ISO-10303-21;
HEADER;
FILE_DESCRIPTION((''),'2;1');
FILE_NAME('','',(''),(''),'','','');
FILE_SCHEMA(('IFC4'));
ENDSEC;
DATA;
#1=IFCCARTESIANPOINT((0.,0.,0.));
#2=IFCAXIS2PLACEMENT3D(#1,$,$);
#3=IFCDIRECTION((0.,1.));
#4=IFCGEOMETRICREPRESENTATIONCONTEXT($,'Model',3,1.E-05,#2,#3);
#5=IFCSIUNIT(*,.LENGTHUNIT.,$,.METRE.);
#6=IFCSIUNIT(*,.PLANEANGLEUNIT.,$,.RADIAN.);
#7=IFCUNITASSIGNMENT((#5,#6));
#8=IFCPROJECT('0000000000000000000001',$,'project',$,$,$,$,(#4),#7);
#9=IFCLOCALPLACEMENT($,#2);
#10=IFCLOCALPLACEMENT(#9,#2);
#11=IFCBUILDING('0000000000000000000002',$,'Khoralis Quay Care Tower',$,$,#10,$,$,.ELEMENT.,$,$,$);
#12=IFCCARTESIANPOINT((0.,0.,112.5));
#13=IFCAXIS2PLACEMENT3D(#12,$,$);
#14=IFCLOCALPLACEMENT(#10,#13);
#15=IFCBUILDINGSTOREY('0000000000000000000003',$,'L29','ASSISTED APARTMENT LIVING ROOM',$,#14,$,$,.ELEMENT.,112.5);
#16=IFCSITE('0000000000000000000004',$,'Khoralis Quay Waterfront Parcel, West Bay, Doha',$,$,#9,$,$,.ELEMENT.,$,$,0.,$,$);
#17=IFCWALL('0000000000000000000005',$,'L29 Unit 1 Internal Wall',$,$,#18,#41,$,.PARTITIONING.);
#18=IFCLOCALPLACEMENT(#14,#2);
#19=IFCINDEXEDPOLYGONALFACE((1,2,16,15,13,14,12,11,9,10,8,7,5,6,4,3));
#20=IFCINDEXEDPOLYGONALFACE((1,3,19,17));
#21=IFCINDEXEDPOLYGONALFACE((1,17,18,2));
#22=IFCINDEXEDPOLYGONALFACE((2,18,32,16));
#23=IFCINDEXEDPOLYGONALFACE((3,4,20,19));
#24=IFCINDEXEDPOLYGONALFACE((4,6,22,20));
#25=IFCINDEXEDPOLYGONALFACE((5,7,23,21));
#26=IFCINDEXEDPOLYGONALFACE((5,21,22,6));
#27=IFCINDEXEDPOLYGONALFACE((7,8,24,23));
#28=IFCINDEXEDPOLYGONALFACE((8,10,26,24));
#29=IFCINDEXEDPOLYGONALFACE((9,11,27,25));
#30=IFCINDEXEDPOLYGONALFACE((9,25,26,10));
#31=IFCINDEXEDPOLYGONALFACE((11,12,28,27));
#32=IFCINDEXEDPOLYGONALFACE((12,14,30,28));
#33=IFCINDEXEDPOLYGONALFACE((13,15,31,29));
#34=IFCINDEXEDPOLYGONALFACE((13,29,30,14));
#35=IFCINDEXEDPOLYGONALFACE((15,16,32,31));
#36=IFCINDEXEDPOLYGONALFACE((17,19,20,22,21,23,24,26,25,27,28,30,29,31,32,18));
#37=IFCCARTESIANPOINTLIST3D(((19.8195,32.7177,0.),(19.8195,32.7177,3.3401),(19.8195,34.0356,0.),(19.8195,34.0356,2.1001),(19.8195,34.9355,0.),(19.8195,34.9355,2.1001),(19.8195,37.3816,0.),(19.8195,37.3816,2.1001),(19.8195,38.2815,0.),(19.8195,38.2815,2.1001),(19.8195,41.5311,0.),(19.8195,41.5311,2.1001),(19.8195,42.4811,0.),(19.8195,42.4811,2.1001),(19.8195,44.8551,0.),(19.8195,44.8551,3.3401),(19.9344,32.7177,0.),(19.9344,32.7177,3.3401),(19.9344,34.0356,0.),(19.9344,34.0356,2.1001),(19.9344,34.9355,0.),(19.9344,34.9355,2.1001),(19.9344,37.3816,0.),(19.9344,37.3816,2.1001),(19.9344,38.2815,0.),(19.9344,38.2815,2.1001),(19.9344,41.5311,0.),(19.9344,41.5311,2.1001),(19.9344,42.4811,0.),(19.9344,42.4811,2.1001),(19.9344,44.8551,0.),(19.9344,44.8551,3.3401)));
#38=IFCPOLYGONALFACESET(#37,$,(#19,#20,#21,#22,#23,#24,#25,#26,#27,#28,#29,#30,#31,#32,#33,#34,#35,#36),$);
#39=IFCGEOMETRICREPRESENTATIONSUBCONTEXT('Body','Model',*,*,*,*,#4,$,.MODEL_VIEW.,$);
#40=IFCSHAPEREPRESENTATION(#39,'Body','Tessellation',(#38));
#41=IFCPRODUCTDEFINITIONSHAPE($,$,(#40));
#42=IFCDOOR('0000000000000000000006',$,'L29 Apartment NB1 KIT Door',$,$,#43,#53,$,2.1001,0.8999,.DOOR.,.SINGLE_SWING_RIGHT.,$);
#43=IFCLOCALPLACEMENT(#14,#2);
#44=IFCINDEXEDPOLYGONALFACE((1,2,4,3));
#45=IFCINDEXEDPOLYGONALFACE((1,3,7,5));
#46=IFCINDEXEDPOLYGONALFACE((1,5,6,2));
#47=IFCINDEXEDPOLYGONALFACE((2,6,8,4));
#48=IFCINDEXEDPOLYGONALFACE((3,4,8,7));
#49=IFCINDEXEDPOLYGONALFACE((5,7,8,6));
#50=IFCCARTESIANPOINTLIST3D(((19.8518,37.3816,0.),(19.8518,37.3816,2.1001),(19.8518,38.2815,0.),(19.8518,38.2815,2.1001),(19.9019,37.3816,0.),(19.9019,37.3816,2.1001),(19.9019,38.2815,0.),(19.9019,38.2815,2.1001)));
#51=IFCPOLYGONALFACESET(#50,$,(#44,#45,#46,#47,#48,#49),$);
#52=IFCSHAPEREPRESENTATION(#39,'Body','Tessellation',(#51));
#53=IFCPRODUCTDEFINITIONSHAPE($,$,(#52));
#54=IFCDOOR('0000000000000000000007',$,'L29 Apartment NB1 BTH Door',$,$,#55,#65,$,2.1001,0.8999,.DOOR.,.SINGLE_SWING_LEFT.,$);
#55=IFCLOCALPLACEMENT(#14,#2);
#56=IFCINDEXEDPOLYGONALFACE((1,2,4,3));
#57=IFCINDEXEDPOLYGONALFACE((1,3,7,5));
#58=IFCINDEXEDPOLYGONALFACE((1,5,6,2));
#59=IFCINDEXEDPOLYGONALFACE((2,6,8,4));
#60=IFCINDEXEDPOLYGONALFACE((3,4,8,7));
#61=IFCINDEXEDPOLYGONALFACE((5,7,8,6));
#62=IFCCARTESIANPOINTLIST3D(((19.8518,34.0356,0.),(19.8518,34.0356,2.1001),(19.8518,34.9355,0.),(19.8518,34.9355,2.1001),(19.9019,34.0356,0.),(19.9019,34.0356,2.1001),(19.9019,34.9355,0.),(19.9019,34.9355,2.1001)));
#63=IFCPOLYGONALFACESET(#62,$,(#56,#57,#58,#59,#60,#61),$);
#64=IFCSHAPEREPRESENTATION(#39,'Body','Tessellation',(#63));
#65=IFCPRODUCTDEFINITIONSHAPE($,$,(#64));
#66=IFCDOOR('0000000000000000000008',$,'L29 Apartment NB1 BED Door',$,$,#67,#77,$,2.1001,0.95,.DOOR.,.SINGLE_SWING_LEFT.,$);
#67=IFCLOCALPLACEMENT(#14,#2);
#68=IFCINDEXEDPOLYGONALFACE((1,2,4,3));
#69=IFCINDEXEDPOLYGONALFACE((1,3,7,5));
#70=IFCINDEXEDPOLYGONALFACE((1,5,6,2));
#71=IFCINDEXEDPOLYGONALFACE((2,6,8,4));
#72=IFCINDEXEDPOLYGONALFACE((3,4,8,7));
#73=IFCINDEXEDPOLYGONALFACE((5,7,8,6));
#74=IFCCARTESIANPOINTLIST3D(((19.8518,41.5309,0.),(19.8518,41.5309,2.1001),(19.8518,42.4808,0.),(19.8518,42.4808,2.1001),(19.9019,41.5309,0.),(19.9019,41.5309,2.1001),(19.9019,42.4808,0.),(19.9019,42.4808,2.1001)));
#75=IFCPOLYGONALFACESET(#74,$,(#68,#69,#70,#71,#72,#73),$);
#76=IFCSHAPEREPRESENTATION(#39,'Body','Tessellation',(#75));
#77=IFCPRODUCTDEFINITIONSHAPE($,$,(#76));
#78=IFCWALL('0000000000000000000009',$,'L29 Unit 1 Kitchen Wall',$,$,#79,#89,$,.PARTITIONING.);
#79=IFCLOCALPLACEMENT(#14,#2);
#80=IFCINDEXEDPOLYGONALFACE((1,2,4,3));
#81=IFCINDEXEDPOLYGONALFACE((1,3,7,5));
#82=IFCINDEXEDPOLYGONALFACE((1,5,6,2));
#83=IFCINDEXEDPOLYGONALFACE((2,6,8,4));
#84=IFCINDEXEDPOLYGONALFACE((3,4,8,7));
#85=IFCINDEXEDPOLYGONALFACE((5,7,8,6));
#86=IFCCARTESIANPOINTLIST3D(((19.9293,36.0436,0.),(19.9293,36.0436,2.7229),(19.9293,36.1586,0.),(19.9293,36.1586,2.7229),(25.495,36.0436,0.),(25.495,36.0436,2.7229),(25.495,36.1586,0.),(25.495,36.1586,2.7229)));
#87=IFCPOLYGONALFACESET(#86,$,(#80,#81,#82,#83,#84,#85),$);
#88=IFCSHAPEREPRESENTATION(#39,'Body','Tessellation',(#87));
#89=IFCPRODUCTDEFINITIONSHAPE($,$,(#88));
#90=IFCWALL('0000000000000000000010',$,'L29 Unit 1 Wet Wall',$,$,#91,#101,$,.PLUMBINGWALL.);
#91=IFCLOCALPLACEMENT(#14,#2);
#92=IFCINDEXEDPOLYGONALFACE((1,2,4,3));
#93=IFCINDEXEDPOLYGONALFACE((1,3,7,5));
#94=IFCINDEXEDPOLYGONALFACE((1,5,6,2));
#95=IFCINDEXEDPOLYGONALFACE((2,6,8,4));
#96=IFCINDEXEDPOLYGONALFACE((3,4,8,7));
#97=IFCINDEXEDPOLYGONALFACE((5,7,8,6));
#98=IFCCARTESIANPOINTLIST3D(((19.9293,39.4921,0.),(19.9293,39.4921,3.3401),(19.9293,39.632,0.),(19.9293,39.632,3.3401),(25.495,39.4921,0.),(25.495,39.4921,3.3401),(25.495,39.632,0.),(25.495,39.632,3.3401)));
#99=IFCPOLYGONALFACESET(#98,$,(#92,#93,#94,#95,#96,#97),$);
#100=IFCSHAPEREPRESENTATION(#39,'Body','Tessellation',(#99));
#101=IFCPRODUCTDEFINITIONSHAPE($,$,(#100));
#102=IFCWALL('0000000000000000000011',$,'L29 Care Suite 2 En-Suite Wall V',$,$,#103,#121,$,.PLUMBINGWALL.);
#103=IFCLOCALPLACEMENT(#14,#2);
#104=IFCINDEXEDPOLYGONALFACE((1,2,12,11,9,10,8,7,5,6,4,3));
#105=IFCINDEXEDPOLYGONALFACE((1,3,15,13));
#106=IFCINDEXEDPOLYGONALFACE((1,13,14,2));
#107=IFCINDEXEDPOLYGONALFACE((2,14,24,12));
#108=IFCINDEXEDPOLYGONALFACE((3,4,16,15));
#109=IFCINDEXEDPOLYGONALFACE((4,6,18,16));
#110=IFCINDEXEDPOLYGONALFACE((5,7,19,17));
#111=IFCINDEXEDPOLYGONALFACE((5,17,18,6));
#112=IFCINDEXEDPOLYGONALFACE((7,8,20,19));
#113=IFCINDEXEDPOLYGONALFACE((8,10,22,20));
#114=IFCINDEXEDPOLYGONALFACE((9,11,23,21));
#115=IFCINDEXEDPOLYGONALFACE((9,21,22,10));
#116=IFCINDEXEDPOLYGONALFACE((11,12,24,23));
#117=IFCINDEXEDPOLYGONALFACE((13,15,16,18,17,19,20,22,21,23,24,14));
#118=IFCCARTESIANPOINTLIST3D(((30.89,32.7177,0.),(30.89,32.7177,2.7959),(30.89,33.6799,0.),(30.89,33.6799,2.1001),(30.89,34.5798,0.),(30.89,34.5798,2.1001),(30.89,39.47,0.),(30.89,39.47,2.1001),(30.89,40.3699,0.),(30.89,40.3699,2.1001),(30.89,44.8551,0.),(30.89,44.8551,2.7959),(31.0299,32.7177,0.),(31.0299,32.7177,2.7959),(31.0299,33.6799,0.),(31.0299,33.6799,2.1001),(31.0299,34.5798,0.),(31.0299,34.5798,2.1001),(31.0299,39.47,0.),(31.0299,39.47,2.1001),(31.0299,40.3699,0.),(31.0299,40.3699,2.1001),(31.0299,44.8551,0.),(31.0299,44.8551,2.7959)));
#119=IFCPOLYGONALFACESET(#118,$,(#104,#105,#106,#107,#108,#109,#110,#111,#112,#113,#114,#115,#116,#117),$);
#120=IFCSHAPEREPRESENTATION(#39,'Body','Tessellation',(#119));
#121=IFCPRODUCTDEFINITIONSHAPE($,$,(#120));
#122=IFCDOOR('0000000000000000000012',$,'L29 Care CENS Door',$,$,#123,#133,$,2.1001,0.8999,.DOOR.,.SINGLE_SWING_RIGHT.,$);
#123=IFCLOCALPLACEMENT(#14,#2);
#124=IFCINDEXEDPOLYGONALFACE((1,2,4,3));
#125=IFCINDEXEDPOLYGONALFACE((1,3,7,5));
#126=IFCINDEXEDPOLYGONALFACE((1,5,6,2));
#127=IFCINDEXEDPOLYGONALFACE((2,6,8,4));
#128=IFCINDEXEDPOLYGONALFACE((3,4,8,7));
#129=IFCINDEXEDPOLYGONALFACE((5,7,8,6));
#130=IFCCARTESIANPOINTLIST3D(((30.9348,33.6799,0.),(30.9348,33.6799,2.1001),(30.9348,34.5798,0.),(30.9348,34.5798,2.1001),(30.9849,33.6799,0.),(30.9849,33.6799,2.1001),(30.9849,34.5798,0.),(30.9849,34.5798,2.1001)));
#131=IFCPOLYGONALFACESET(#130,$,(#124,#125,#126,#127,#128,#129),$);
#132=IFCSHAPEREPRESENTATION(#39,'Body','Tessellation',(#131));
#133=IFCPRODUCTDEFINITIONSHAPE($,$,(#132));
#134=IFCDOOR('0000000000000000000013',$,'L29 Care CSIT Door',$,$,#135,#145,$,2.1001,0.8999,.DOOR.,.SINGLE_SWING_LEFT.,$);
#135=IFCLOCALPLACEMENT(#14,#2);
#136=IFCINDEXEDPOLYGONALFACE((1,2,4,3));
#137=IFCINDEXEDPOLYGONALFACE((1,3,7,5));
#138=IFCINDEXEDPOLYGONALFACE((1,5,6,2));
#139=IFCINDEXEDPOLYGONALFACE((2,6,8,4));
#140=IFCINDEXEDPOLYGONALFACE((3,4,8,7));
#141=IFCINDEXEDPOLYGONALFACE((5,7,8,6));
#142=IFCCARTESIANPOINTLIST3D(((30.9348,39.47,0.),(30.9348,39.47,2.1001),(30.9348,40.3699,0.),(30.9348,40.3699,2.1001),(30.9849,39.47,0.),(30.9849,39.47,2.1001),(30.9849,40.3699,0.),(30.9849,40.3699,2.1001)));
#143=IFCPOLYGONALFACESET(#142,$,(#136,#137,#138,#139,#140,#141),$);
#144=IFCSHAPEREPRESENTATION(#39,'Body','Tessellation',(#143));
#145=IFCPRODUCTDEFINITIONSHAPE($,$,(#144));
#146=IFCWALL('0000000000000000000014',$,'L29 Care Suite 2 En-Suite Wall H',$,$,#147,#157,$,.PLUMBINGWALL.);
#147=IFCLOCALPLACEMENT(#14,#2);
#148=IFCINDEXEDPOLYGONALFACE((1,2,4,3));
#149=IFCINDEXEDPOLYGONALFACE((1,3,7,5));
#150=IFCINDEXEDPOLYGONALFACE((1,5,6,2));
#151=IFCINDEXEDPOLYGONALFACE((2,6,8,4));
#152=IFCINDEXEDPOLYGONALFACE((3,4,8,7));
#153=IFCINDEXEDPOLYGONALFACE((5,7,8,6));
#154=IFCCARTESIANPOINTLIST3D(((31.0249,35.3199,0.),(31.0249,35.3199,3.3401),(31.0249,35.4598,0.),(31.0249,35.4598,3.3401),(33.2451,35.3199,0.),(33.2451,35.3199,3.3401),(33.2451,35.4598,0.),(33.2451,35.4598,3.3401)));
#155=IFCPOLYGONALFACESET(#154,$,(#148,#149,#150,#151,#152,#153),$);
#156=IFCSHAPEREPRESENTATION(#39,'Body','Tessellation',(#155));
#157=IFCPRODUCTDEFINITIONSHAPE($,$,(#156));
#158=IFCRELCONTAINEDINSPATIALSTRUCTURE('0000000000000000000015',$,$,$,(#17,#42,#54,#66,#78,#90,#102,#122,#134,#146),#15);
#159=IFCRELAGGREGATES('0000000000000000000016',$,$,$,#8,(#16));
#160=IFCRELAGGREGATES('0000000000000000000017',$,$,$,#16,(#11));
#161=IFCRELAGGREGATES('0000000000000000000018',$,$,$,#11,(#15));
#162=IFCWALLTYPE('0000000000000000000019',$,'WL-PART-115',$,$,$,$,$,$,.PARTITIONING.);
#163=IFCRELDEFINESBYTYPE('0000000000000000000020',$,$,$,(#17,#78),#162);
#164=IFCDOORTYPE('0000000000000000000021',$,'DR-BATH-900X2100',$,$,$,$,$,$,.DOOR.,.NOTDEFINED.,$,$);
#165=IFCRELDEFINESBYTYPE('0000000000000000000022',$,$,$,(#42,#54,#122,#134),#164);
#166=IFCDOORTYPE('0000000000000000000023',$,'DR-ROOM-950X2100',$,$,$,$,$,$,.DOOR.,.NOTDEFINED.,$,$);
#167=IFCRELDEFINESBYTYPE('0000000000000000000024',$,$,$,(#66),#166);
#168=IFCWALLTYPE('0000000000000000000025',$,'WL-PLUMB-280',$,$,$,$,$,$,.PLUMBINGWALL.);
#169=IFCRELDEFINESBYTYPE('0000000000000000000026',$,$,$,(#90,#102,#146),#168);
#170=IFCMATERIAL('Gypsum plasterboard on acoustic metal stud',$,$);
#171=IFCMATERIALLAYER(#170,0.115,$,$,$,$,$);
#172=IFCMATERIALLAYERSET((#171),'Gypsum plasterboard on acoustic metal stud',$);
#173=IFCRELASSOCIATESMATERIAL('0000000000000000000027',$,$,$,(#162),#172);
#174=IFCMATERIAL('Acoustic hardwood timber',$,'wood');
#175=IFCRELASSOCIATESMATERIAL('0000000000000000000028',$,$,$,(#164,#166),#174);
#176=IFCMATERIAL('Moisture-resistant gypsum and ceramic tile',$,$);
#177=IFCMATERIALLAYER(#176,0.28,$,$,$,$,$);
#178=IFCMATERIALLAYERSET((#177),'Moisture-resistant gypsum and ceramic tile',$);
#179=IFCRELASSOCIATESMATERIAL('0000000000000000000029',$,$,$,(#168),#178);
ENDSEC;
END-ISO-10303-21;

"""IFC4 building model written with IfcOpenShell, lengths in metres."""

from ifc_helpers import new_model, si_unit, direction, frame, frame_2d, origin, place, context, subcontext, project, spatial, rectangle, extrude, source, transform, mapped, material, layer, layer_set, type_object, element, fill, save


model = new_model("IFC4")

# Units and contexts
model_context = context("Model", 3, precision=1e-05, world=origin(), true_north=direction((0.0, 1.0)))
body_context = subcontext(model_context, "Body", "Model", "MODEL_VIEW")
ifc_project = project(units=[si_unit("LENGTHUNIT", "METRE"), si_unit("PLANEANGLEUNIT", "RADIAN")], contexts=[model_context])

# Site, building, storey
site_placement = place(None, origin())
site = spatial("IfcSite", under=ifc_project, at=site_placement, Name="Khoralis Quay Waterfront Parcel, West Bay, Doha", CompositionType="ELEMENT", RefElevation=0.0)
building_placement = place(site_placement, origin())
building = spatial("IfcBuilding", under=site, at=building_placement, Name="Khoralis Quay Care Tower", CompositionType="ELEMENT")
storey_placement = place(building_placement, frame((0.0, 0.0, 112.5)))
storey = spatial("IfcBuildingStorey", under=building, at=storey_placement, Name="L29", Description="ASSISTED APARTMENT LIVING ROOM", CompositionType="ELEMENT", Elevation=112.5)

# Wall, openings, doors
ifc_material_1 = material(Name="Gypsum plasterboard on acoustic metal stud")
ifc_layer_1 = layer(ifc_material_1, 0.115)
ifc_layer_set_1 = layer_set([ifc_layer_1], Name="Gypsum plasterboard on acoustic metal stud")
wall_type_1 = type_object("IfcWallType", Name="WL-PART-115", PredefinedType="PARTITIONING", material=ifc_layer_set_1)
wall_1_placement = place(storey_placement, frame((19.877, 32.7175, 0.0), z_axis=(0.0, 0.0, 1.0), x_axis=(0.0, 1.0, 0.0)))
wall_1 = element("IfcWall", 1, at=wall_1_placement, inside=storey, type_object=wall_type_1, Name="L29 Unit 1 Internal Wall", PredefinedType="PARTITIONING", context=body_context, shape_type="SweptSolid", body=[
    extrude(rectangle(XDim=12.1375, YDim=0.115, at=frame_2d((6.0688, 0.0))), origin(), (0.0, 0.0, 1.0), 3.3401),
])
opening_1_placement = place(wall_1_placement, frame((8.8135, 0.0, 0.0)))
opening_1 = element("IfcOpeningElement", 2, at=opening_1_placement, cuts=wall_1, PredefinedType="OPENING", context=body_context, shape_type="SweptSolid", body=[
    extrude(rectangle(XDim=0.95, YDim=2.1001, at=frame_2d((0.4751, 1.05))), frame((0.0, 0.0674, 0.0), z_axis=(0.0, -1.0, 0.0), x_axis=(1.0, 0.0, 0.0)), (0.0, 0.0, 1.0), 0.135),
])
opening_2_placement = place(wall_1_placement, frame((4.6641, 0.0, 0.0)))
opening_2 = element("IfcOpeningElement", 3, at=opening_2_placement, cuts=wall_1, PredefinedType="OPENING", context=body_context, shape_type="SweptSolid", body=[
    extrude(rectangle(XDim=0.8999, YDim=2.1001, at=frame_2d((0.45, 1.05))), frame((0.0, 0.0674, 0.0), z_axis=(0.0, -1.0, 0.0), x_axis=(1.0, 0.0, 0.0)), (0.0, 0.0, 1.0), 0.135),
])
opening_3_placement = place(wall_1_placement, frame((1.3181, 0.0, 0.0)))
opening_3 = element("IfcOpeningElement", 4, at=opening_3_placement, cuts=wall_1, PredefinedType="OPENING", context=body_context, shape_type="SweptSolid", body=[
    extrude(rectangle(XDim=0.8999, YDim=2.1001, at=frame_2d((0.45, 1.05))), frame((0.0, 0.0674, 0.0), z_axis=(0.0, -1.0, 0.0), x_axis=(1.0, 0.0, 0.0)), (0.0, 0.0, 1.0), 0.135),
])
ifc_material_2 = material(Name="Acoustic hardwood timber", Category="wood")
door_type_1 = type_object("IfcDoorType", Name="DR-BATH-900X2100", OperationType="NOTDEFINED", PredefinedType="DOOR", material=ifc_material_2)
shared_shape_1 = source(origin(), body_context, "Body", "SweptSolid", [
    extrude(rectangle(XDim=0.8999, YDim=2.1001, at=frame_2d((0.45, 1.05))), frame((0.0, 0.0249, 0.0), z_axis=(0.0, -1.0, 0.0), x_axis=(1.0, 0.0, 0.0)), (0.0, 0.0, 1.0), 0.05),
])
door_1_placement = place(opening_2_placement, frame((0.8999, 0.0, 0.0), z_axis=(0.0, 0.0, 1.0), x_axis=(-1.0, 0.0, 0.0)))
door_1 = element("IfcDoor", 5, at=door_1_placement, inside=storey, type_object=door_type_1, Name="L29 Apartment NB1 KIT Door", OperationType="SINGLE_SWING_RIGHT", OverallHeight=2.1001, OverallWidth=0.8999, PredefinedType="DOOR", context=body_context, shape_type="MappedRepresentation", body=[
    mapped(shared_shape_1, transform((0.0, 0.0, 0.0), scale=1.0)),
])
fill(opening_2, door_1)
door_2_placement = place(opening_3_placement, frame((0.8999, 0.0, 0.0), z_axis=(0.0, 0.0, 1.0), x_axis=(-1.0, 0.0, 0.0)))
door_2 = element("IfcDoor", 6, at=door_2_placement, inside=storey, type_object=door_type_1, Name="L29 Apartment NB1 BTH Door", OperationType="SINGLE_SWING_LEFT", OverallHeight=2.1001, OverallWidth=0.8999, PredefinedType="DOOR", context=body_context, shape_type="MappedRepresentation", body=[
    mapped(shared_shape_1, transform((0.0, 0.0, 0.0), scale=1.0)),
])
fill(opening_3, door_2)
door_type_2 = type_object("IfcDoorType", Name="DR-ROOM-950X2100", OperationType="NOTDEFINED", PredefinedType="DOOR", material=ifc_material_2)
shared_shape_2 = source(origin(), body_context, "Body", "SweptSolid", [
    extrude(rectangle(XDim=0.95, YDim=2.1001, at=frame_2d((0.4751, 1.05))), frame((0.0, 0.0249, 0.0), z_axis=(0.0, -1.0, 0.0), x_axis=(1.0, 0.0, 0.0)), (0.0, 0.0, 1.0), 0.05),
])
door_3_placement = place(opening_1_placement, frame((0.95, 0.0, 0.0), z_axis=(0.0, 0.0, 1.0), x_axis=(-1.0, 0.0, 0.0)))
door_3 = element("IfcDoor", 7, at=door_3_placement, inside=storey, type_object=door_type_2, Name="L29 Apartment NB1 BED Door", OperationType="SINGLE_SWING_LEFT", OverallHeight=2.1001, OverallWidth=0.95, PredefinedType="DOOR", context=body_context, shape_type="MappedRepresentation", body=[
    mapped(shared_shape_2, transform((0.0, 0.0, 0.0), scale=1.0)),
])
fill(opening_1, door_3)

# Walls
wall_2_placement = place(storey_placement, frame((19.9294, 36.1011, 0.0), z_axis=(0.0, 0.0, 1.0), x_axis=(1.0, 0.0, 0.0)))
element("IfcWall", 8, at=wall_2_placement, inside=storey, type_object=wall_type_1, Name="L29 Unit 1 Kitchen Wall", PredefinedType="PARTITIONING", context=body_context, shape_type="SweptSolid", body=[
    extrude(rectangle(XDim=5.5657, YDim=0.115, at=frame_2d((2.7827, 0.0))), origin(), (0.0, 0.0, 1.0), 2.7229),
])
ifc_material_3 = material(Name="Moisture-resistant gypsum and ceramic tile")
ifc_layer_2 = layer(ifc_material_3, 0.28)
ifc_layer_set_2 = layer_set([ifc_layer_2], Name="Moisture-resistant gypsum and ceramic tile")
wall_type_2 = type_object("IfcWallType", Name="WL-PLUMB-280", PredefinedType="PLUMBINGWALL", material=ifc_layer_set_2)
wall_3_placement = place(storey_placement, frame((19.9294, 39.562, 0.0), z_axis=(0.0, 0.0, 1.0), x_axis=(1.0, 0.0, 0.0)))
element("IfcWall", 9, at=wall_3_placement, inside=storey, type_object=wall_type_2, Name="L29 Unit 1 Wet Wall", PredefinedType="PLUMBINGWALL", context=body_context, shape_type="SweptSolid", body=[
    extrude(rectangle(XDim=5.5657, YDim=0.1399, at=frame_2d((2.7827, 0.0))), origin(), (0.0, 0.0, 1.0), 3.3401),
])

# Wall, openings, doors
wall_4_placement = place(storey_placement, frame((30.96, 32.7175, 0.0), z_axis=(0.0, 0.0, 1.0), x_axis=(0.0, 1.0, 0.0)))
wall_4 = element("IfcWall", 10, at=wall_4_placement, inside=storey, type_object=wall_type_2, Name="L29 Care Suite 2 En-Suite Wall V", PredefinedType="PLUMBINGWALL", context=body_context, shape_type="SweptSolid", body=[
    extrude(rectangle(XDim=12.1375, YDim=0.1399, at=frame_2d((6.0688, 0.0))), origin(), (0.0, 0.0, 1.0), 2.7959),
])
opening_4_placement = place(wall_4_placement, frame((0.9624, 0.0, 0.0)))
opening_4 = element("IfcOpeningElement", 11, at=opening_4_placement, cuts=wall_4, PredefinedType="OPENING", context=body_context, shape_type="SweptSolid", body=[
    extrude(rectangle(XDim=0.8999, YDim=2.1001, at=frame_2d((0.45, 1.05))), frame((0.0, 0.0801, 0.0), z_axis=(0.0, -1.0, 0.0), x_axis=(1.0, 0.0, 0.0)), (0.0, 0.0, 1.0), 0.1599),
])
opening_5_placement = place(wall_4_placement, frame((6.7524, 0.0, 0.0)))
opening_5 = element("IfcOpeningElement", 12, at=opening_5_placement, cuts=wall_4, PredefinedType="OPENING", context=body_context, shape_type="SweptSolid", body=[
    extrude(rectangle(XDim=0.8999, YDim=2.1001, at=frame_2d((0.45, 1.05))), frame((0.0, 0.0801, 0.0), z_axis=(0.0, -1.0, 0.0), x_axis=(1.0, 0.0, 0.0)), (0.0, 0.0, 1.0), 0.1599),
])
door_4_placement = place(opening_4_placement, frame((0.8999, 0.0, 0.0), z_axis=(0.0, 0.0, 1.0), x_axis=(-1.0, 0.0, 0.0)))
door_4 = element("IfcDoor", 13, at=door_4_placement, inside=storey, type_object=door_type_1, Name="L29 Care CENS Door", OperationType="SINGLE_SWING_RIGHT", OverallHeight=2.1001, OverallWidth=0.8999, PredefinedType="DOOR", context=body_context, shape_type="MappedRepresentation", body=[
    mapped(shared_shape_1, transform((0.0, 0.0, 0.0), scale=1.0)),
])
fill(opening_4, door_4)
door_5_placement = place(opening_5_placement, frame((0.8999, 0.0, 0.0), z_axis=(0.0, 0.0, 1.0), x_axis=(-1.0, 0.0, 0.0)))
door_5 = element("IfcDoor", 14, at=door_5_placement, inside=storey, type_object=door_type_1, Name="L29 Care CSIT Door", OperationType="SINGLE_SWING_LEFT", OverallHeight=2.1001, OverallWidth=0.8999, PredefinedType="DOOR", context=body_context, shape_type="MappedRepresentation", body=[
    mapped(shared_shape_1, transform((0.0, 0.0, 0.0), scale=1.0)),
])
fill(opening_5, door_5)

# Wall
wall_5_placement = place(storey_placement, frame((31.0249, 35.3899, 0.0), z_axis=(0.0, 0.0, 1.0), x_axis=(1.0, 0.0, 0.0)))
element("IfcWall", 15, at=wall_5_placement, inside=storey, type_object=wall_type_2, Name="L29 Care Suite 2 En-Suite Wall H", PredefinedType="PLUMBINGWALL", context=body_context, shape_type="SweptSolid", body=[
    extrude(rectangle(XDim=2.2202, YDim=0.1399, at=frame_2d((1.1101, 0.0))), origin(), (0.0, 0.0, 1.0), 3.3401),
])

save(model, "model.ifc")
